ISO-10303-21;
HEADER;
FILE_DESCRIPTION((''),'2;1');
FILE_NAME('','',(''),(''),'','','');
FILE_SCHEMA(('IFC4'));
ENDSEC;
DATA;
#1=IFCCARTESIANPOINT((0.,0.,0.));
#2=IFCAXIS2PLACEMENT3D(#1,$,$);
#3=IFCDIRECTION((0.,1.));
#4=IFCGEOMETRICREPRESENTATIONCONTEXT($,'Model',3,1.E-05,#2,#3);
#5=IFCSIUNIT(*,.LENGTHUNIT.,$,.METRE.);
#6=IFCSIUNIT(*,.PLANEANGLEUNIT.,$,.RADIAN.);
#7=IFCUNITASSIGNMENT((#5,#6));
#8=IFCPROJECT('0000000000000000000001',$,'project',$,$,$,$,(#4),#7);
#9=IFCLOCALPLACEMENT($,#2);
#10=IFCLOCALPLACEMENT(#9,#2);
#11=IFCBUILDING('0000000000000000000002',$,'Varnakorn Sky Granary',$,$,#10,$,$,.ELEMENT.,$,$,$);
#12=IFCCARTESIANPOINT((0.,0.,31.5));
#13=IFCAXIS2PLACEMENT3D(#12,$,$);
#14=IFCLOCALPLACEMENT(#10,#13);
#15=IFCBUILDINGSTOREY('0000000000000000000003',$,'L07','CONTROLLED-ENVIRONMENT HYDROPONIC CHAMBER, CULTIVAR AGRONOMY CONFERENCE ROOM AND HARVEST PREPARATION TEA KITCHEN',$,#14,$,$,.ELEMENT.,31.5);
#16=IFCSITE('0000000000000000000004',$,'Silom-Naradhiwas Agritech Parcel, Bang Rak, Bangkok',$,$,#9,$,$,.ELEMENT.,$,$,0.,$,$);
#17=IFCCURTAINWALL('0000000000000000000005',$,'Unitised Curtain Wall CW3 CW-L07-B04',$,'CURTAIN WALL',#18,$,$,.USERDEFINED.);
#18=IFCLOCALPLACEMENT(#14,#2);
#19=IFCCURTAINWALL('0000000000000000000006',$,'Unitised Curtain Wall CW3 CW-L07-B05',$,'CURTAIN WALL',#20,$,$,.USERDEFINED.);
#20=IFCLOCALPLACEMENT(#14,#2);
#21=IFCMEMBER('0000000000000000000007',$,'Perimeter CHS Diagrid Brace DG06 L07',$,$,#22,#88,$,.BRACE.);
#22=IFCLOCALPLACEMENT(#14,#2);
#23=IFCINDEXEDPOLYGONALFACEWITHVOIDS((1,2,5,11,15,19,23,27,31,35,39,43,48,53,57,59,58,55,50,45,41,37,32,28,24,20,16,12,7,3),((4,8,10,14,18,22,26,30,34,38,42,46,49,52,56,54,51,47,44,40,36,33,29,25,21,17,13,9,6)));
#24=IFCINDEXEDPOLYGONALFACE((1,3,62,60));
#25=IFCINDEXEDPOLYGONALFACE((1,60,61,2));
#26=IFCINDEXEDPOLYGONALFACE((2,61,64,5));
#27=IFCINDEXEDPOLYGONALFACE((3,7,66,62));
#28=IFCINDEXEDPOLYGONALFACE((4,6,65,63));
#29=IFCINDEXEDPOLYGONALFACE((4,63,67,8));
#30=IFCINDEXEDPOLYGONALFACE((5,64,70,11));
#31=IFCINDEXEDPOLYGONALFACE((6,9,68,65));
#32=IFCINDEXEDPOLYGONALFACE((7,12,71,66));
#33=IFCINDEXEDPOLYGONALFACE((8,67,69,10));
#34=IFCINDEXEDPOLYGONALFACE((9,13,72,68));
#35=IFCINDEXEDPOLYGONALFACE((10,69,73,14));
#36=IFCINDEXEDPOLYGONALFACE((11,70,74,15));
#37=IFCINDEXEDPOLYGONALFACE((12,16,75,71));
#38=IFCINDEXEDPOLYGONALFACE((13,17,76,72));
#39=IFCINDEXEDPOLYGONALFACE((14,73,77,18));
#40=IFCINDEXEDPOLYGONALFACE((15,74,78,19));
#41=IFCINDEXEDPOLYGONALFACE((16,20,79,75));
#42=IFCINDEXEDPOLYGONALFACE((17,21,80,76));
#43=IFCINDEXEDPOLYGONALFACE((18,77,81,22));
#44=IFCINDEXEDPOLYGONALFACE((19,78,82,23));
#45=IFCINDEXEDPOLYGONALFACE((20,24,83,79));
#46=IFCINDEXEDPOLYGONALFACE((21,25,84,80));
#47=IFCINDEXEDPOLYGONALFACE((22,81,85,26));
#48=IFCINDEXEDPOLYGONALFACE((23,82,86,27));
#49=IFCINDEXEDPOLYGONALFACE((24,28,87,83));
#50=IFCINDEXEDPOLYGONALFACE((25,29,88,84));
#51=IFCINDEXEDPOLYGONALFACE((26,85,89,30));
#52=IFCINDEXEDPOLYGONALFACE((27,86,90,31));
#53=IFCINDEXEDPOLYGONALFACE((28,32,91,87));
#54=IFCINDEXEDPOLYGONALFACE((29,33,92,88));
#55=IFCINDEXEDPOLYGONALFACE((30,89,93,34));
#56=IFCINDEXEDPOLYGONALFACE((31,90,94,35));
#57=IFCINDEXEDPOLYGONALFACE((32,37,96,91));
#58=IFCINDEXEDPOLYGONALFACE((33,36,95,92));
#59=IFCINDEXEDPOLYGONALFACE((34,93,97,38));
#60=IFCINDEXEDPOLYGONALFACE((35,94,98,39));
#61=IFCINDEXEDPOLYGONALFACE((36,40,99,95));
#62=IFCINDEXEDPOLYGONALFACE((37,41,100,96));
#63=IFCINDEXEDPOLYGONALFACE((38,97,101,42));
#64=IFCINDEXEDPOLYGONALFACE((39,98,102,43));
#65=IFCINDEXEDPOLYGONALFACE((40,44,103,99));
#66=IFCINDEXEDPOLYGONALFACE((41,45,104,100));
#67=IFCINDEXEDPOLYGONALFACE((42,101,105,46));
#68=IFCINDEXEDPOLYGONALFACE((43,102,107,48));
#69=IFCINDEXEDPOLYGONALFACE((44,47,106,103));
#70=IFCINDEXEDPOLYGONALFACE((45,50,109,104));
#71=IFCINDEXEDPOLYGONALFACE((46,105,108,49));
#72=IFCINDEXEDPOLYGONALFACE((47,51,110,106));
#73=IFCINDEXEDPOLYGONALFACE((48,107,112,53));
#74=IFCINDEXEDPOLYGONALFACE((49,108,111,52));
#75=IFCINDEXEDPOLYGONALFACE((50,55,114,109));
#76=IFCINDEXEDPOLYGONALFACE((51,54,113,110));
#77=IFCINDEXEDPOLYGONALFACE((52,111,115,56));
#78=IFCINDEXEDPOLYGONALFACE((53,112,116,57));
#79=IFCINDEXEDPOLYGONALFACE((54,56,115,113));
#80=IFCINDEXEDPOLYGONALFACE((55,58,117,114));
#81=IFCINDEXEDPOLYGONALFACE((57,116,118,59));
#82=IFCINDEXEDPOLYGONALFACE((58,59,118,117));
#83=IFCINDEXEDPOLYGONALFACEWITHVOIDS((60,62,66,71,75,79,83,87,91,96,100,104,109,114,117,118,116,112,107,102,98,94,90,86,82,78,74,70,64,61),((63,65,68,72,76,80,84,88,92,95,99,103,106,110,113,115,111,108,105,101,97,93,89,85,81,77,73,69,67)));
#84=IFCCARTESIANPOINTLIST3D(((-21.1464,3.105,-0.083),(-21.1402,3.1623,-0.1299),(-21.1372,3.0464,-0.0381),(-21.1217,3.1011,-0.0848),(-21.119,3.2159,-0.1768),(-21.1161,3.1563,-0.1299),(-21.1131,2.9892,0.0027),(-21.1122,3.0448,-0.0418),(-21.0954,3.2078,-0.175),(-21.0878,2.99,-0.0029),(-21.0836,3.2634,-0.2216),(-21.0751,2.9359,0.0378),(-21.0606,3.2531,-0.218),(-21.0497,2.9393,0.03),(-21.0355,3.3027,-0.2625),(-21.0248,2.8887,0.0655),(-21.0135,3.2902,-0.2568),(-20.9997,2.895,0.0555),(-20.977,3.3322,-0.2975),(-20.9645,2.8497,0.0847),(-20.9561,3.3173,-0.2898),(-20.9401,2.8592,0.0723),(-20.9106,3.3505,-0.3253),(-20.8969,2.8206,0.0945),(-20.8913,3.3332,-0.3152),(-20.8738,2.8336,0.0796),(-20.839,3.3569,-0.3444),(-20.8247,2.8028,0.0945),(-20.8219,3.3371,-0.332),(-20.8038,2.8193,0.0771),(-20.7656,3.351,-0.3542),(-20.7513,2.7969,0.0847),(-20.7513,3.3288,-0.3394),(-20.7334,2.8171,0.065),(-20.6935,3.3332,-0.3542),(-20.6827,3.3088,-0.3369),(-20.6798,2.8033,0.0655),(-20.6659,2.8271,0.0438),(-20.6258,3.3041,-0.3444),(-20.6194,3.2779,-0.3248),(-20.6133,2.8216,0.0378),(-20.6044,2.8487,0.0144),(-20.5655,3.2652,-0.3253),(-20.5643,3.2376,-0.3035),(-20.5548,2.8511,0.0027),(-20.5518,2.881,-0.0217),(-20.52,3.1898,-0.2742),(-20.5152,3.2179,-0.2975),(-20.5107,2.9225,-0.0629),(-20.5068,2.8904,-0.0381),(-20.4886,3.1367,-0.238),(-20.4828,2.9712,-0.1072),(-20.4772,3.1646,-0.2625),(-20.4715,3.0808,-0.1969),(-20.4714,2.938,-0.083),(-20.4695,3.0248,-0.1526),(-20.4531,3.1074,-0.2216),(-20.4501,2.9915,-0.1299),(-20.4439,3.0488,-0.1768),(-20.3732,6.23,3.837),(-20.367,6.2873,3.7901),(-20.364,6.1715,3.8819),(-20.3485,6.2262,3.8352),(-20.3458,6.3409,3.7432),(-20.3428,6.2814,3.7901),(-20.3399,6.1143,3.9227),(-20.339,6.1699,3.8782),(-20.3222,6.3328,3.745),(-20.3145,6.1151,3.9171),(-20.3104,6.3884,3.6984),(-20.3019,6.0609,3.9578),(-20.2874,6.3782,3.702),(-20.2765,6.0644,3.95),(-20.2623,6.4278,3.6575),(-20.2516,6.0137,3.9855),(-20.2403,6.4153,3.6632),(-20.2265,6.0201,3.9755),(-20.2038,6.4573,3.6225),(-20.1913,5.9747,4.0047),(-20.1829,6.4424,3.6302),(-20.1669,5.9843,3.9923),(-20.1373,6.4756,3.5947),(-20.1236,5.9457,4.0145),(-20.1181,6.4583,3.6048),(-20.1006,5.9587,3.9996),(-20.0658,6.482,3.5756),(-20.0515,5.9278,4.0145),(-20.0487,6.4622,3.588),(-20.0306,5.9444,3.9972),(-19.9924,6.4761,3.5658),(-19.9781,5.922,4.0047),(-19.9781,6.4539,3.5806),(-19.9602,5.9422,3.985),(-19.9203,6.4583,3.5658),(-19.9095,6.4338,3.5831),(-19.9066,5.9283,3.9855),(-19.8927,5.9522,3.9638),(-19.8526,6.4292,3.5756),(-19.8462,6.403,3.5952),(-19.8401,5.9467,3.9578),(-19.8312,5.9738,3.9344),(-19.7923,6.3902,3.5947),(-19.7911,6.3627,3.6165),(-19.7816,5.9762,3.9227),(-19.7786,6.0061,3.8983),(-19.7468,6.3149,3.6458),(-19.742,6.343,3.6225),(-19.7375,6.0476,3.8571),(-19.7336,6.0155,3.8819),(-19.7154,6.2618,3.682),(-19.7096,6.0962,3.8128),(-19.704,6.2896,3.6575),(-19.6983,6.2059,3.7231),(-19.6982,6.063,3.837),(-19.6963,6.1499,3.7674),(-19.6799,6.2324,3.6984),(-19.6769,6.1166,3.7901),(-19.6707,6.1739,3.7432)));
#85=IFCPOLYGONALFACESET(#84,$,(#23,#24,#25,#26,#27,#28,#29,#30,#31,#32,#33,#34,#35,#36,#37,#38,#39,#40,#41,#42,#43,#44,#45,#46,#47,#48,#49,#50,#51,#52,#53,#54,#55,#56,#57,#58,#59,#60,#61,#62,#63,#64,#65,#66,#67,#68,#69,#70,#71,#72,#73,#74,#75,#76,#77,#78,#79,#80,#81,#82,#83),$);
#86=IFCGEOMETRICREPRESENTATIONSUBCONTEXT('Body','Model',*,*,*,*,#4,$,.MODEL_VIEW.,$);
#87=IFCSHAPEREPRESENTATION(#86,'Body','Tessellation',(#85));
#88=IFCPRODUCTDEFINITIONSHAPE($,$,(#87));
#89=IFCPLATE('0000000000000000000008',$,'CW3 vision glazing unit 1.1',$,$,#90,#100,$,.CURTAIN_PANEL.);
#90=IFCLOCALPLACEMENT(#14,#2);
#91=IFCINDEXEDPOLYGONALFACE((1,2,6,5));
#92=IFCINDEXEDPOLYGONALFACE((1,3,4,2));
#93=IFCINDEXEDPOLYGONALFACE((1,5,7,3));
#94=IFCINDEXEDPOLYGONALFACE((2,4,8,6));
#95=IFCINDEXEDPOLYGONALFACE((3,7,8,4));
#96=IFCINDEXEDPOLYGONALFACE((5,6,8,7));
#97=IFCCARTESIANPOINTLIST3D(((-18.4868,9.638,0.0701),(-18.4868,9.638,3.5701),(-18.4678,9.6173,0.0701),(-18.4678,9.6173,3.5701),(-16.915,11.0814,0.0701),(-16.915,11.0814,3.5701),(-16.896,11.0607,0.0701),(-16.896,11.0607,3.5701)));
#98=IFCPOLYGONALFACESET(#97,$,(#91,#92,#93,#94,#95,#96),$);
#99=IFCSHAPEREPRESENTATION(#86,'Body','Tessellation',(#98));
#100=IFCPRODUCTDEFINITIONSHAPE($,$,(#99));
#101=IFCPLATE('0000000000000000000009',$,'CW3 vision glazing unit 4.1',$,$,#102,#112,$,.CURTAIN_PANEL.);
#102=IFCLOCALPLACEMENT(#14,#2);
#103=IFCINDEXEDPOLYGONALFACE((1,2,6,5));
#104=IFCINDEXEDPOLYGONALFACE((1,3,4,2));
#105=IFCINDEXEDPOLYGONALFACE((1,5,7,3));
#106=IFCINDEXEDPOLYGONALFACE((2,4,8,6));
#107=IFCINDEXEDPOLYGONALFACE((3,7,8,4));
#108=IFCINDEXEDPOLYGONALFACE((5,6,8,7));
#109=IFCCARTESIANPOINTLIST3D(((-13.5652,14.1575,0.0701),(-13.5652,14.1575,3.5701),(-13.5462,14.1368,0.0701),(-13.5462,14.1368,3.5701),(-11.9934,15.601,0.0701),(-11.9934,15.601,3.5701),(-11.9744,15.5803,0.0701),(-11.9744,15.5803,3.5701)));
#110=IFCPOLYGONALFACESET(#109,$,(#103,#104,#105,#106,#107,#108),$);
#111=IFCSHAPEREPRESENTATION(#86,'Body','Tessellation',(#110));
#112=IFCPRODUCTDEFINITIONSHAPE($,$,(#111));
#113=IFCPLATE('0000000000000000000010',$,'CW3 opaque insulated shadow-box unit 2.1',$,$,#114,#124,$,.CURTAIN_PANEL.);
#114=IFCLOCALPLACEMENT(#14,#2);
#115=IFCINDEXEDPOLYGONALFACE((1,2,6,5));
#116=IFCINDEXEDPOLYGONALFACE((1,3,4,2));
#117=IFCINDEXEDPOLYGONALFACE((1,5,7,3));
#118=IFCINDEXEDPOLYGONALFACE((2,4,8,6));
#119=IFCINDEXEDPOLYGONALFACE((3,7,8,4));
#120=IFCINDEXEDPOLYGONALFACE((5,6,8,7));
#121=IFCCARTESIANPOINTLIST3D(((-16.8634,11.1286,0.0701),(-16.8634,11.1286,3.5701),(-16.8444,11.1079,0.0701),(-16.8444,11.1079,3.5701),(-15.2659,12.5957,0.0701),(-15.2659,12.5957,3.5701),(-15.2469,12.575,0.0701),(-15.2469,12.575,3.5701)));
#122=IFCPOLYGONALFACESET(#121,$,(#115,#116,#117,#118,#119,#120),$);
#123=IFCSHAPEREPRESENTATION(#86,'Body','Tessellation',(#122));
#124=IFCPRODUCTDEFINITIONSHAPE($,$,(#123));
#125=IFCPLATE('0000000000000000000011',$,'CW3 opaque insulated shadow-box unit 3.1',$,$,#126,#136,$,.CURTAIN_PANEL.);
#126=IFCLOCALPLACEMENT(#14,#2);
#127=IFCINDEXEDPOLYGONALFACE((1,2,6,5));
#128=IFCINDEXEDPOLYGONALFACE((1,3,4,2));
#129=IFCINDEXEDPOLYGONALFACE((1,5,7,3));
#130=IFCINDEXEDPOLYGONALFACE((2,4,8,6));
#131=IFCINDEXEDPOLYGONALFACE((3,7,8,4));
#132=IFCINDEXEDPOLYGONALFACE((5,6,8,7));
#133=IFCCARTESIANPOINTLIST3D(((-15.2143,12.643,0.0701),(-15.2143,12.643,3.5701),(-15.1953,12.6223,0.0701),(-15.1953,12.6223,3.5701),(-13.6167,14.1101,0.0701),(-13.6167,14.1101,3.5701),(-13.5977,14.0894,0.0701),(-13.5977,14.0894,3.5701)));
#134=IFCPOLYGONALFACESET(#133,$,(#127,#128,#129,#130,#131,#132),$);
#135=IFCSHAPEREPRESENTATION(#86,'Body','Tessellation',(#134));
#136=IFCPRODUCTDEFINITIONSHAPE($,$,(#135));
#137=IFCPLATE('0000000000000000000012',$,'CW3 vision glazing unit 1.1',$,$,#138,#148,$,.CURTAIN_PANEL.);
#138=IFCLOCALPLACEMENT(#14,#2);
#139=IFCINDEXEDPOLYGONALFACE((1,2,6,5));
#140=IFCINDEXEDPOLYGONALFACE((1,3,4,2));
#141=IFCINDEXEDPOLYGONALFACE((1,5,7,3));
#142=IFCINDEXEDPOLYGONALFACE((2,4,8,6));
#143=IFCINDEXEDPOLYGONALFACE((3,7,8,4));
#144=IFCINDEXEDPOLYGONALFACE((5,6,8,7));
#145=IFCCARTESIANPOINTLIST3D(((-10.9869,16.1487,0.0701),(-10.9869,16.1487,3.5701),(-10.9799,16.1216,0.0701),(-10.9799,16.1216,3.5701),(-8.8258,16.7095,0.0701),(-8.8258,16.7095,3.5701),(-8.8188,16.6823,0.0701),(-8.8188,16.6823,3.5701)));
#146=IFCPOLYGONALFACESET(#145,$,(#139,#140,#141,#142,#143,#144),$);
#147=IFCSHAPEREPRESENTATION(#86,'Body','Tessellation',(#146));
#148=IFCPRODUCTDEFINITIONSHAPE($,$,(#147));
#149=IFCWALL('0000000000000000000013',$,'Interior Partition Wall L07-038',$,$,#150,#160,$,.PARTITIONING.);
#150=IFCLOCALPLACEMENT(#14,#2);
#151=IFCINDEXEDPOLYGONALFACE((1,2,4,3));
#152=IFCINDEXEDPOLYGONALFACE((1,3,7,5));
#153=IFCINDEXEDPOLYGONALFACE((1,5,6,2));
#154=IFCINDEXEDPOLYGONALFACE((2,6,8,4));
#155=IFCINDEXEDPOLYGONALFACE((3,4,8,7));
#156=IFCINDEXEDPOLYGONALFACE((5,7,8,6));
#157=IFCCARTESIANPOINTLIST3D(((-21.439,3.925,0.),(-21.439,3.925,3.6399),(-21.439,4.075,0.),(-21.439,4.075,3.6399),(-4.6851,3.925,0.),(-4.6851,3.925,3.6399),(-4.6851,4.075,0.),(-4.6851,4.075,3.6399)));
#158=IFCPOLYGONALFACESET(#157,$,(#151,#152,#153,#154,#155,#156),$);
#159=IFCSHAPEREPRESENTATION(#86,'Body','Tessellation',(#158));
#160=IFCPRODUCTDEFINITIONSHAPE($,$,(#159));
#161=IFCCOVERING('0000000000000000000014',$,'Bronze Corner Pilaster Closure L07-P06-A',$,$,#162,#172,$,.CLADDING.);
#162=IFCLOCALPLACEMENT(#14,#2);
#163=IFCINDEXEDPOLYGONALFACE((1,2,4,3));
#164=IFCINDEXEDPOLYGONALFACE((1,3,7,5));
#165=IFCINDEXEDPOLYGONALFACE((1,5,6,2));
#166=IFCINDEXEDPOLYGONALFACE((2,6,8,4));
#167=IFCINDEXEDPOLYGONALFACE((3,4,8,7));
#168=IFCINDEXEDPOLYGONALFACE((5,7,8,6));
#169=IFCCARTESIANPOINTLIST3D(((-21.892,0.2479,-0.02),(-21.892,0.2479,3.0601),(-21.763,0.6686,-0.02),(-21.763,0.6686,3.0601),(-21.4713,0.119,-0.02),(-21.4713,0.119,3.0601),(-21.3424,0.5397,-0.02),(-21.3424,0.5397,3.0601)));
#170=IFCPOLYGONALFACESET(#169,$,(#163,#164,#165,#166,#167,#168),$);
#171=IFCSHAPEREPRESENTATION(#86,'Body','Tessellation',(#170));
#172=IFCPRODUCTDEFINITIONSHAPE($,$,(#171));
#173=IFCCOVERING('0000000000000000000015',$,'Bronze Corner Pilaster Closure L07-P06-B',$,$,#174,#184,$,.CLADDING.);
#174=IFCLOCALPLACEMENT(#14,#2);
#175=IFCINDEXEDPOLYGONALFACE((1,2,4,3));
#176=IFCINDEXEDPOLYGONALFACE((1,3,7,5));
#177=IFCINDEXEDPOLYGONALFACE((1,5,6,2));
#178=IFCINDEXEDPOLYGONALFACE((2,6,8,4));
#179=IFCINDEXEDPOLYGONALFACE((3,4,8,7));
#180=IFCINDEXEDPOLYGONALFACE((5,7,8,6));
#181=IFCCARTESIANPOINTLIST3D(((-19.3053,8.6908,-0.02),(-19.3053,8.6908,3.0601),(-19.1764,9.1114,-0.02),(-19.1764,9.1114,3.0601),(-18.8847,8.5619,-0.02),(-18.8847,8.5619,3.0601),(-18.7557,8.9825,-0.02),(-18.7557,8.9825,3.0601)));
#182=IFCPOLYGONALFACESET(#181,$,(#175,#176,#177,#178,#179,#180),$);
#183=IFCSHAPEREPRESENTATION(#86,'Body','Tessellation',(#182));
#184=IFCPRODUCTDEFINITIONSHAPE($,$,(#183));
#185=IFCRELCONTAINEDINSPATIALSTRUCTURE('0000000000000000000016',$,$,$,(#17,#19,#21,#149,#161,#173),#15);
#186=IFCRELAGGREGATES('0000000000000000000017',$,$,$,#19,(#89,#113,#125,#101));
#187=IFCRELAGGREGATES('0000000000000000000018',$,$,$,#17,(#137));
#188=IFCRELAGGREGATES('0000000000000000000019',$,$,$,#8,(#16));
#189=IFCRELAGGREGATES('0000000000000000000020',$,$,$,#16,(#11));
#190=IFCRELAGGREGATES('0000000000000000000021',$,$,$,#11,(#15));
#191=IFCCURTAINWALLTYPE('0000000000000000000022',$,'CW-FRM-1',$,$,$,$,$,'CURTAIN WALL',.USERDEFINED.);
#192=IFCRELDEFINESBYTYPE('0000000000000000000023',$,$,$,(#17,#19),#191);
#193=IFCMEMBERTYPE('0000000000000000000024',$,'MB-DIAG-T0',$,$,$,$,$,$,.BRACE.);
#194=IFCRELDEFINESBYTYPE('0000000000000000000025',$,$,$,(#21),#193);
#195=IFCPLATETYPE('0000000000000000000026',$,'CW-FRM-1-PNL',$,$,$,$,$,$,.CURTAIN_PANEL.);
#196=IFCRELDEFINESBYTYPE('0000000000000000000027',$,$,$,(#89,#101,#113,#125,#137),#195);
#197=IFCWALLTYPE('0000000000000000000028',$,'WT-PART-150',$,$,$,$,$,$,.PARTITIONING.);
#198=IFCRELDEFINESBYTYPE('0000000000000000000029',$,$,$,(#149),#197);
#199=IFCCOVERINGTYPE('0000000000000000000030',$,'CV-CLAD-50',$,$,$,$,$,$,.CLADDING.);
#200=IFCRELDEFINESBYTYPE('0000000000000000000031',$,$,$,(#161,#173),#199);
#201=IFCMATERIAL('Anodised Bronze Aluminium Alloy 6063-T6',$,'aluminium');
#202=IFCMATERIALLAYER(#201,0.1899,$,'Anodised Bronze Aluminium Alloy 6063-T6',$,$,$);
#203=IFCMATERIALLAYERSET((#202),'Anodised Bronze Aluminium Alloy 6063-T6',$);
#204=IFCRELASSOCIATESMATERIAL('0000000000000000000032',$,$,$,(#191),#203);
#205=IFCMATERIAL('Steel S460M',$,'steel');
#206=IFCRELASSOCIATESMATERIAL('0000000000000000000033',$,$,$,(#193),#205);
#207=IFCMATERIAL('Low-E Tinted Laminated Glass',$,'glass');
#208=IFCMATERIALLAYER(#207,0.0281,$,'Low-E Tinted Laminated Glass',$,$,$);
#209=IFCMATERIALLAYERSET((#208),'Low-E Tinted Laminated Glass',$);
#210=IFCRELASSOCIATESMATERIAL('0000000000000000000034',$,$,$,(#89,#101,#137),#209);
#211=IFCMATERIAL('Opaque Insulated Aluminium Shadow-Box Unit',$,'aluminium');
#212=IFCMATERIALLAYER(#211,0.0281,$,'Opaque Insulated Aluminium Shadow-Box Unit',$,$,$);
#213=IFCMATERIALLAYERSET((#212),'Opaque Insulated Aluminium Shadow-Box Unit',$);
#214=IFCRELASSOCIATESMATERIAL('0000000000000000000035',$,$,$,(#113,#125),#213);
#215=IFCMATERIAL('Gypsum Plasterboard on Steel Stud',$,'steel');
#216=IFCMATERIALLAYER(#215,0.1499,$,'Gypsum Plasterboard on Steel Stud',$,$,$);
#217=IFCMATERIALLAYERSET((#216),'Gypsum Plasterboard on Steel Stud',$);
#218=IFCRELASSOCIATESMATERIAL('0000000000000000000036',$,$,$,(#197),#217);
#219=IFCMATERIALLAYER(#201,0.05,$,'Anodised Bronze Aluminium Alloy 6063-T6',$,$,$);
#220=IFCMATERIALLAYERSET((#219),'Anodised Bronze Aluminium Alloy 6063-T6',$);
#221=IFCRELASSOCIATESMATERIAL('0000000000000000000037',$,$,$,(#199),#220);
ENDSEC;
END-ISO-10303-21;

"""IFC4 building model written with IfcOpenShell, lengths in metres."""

from ifc_helpers import new_model, si_unit, direction, frame, frame_2d, origin, origin_2d, place, context, subcontext, project, spatial, rectangle, hollow_circle, extrude, source, transform, mapped, material, layer, layer_set, material_profile, profile_set, type_object, type_shapes, element, aggregate, save


model = new_model("IFC4")

# Units and contexts
model_context = context("Model", 3, precision=1e-05, world=origin(), true_north=direction((0.0, 1.0)))
body_context = subcontext(model_context, "Body", "Model", "MODEL_VIEW")
ifc_project = project(units=[si_unit("LENGTHUNIT", "METRE"), si_unit("PLANEANGLEUNIT", "RADIAN")], contexts=[model_context])

# Site, building, storey
site_placement = place(None, origin())
site = spatial("IfcSite", under=ifc_project, at=site_placement, Name="Silom-Naradhiwas Agritech Parcel, Bang Rak, Bangkok", CompositionType="ELEMENT", RefElevation=0.0)
building_placement = place(site_placement, origin())
building = spatial("IfcBuilding", under=site, at=building_placement, Name="Varnakorn Sky Granary", CompositionType="ELEMENT")
storey_placement = place(building_placement, frame((0.0, 0.0, 31.5)))
storey = spatial("IfcBuildingStorey", under=building, at=storey_placement, Name="L07", Description="CONTROLLED-ENVIRONMENT HYDROPONIC CHAMBER, CULTIVAR AGRONOMY CONFERENCE ROOM AND HARVEST PREPARATION TEA KITCHEN", CompositionType="ELEMENT", Elevation=31.5)

# Shared definitions
ifc_material_1 = material(Name="Steel S460M", Category="steel")

# Curtain walls
ifc_material_2 = material(Name="Anodised Bronze Aluminium Alloy 6063-T6", Category="aluminium")
ifc_layer_1 = layer(ifc_material_2, 0.1899, Name="Anodised Bronze Aluminium Alloy 6063-T6")
ifc_layer_set_1 = layer_set([ifc_layer_1], Name="Anodised Bronze Aluminium Alloy 6063-T6")
curtain_wall_type = type_object("IfcCurtainWallType", Name="CW-FRM-1", ElementType="CURTAIN WALL", PredefinedType="USERDEFINED", material=ifc_layer_set_1)
curtain_wall_1_placement = place(storey_placement, origin())
curtain_wall_1 = element("IfcCurtainWall", 1, at=curtain_wall_1_placement, inside=storey, type_object=curtain_wall_type, Name="Unitised Curtain Wall CW3 CW-L07-B04", ObjectType="CURTAIN WALL", PredefinedType="USERDEFINED")
curtain_wall_2_placement = place(storey_placement, origin())
curtain_wall_2 = element("IfcCurtainWall", 2, at=curtain_wall_2_placement, inside=storey, type_object=curtain_wall_type, Name="Unitised Curtain Wall CW3 CW-L07-B05", ObjectType="CURTAIN WALL", PredefinedType="USERDEFINED")

# Member
ifc_material_profile_1 = material_profile(ifc_material_1, hollow_circle(Radius=0.3555, WallThickness=0.0249, at=origin_2d()), Name="CHS 711x25")
ifc_profile_set_1 = profile_set([ifc_material_profile_1], Name="Steel S460M")
member_type_1 = type_object("IfcMemberType", Name="MB-DIAG-T0", PredefinedType="BRACE", material=ifc_profile_set_1)
member_1_placement = place(storey_placement, frame((-20.7952, 3.0769, -0.1299), z_axis=(0.152431, 0.616079, 0.772794), x_axis=(-0.970729, 0.240179, 0.0)))
element("IfcMember", 3, at=member_1_placement, inside=storey, type_object=member_type_1, Name="Perimeter CHS Diagrid Brace DG06 L07", PredefinedType="BRACE", context=body_context, shape_type="SweptSolid", body=[
    extrude(hollow_circle(Radius=0.3555, WallThickness=0.0249, at=origin_2d()), origin(), (0.0, 0.0, 1.0), 5.0725),
])

# Plates
ifc_material_3 = material(Name="Low-E Tinted Laminated Glass", Category="glass")
ifc_layer_2 = layer(ifc_material_3, 0.0281, Name="Low-E Tinted Laminated Glass")
ifc_layer_set_2 = layer_set([ifc_layer_2], Name="Low-E Tinted Laminated Glass")
plate_type = type_object("IfcPlateType", Name="CW-FRM-1-PNL", PredefinedType="CURTAIN_PANEL")
shared_shape_1 = source(origin(), body_context, "Body", "SweptSolid", [
    extrude(rectangle(XDim=2.134, YDim=0.0281, at=origin_2d()), origin(), (0.0, 0.0, 1.0), 3.5),
])
plate_1_placement = place(storey_placement, frame((-17.6914, 10.3494, 0.0701), z_axis=(0.0, 0.0, 1.0), x_axis=(0.736547, 0.676387, 0.0)))
plate_1 = element("IfcPlate", 4, at=plate_1_placement, type_object=plate_type, material=ifc_layer_set_2, Name="CW3 vision glazing unit 1.1", PredefinedType="CURTAIN_PANEL", context=body_context, shape_type="MappedRepresentation", body=[
    mapped(shared_shape_1, transform((0.0, 0.0, 0.0), x_axis=(1.0, 0.0, 0.0), y_axis=(0.0, 1.0, 0.0), z_axis=(0.0, 0.0, 1.0), scale=1.0)),
])
plate_2_placement = place(storey_placement, frame((-12.7698, 14.8689, 0.0701), z_axis=(0.0, 0.0, 1.0), x_axis=(0.736547, 0.676387, 0.0)))
plate_2 = element("IfcPlate", 5, at=plate_2_placement, type_object=plate_type, material=ifc_layer_set_2, Name="CW3 vision glazing unit 4.1", PredefinedType="CURTAIN_PANEL", context=body_context, shape_type="MappedRepresentation", body=[
    mapped(shared_shape_1, transform((0.0, 0.0, 0.0), x_axis=(1.0, 0.0, 0.0), y_axis=(0.0, 1.0, 0.0), z_axis=(0.0, 0.0, 1.0), scale=1.0)),
])
ifc_material_4 = material(Name="Opaque Insulated Aluminium Shadow-Box Unit", Category="aluminium")
ifc_layer_3 = layer(ifc_material_4, 0.0281, Name="Opaque Insulated Aluminium Shadow-Box Unit")
ifc_layer_set_3 = layer_set([ifc_layer_3], Name="Opaque Insulated Aluminium Shadow-Box Unit")
shared_shape_2 = source(origin(), body_context, "Body", "SweptSolid", [
    extrude(rectangle(XDim=2.1689, YDim=0.0281, at=origin_2d()), origin(), (0.0, 0.0, 1.0), 3.5),
])
plate_3_placement = place(storey_placement, frame((-16.0552, 11.8518, 0.0701), z_axis=(0.0, 0.0, 1.0), x_axis=(0.736547, 0.676387, 0.0)))
plate_3 = element("IfcPlate", 6, at=plate_3_placement, type_object=plate_type, material=ifc_layer_set_3, Name="CW3 opaque insulated shadow-box unit 2.1", PredefinedType="CURTAIN_PANEL", context=body_context, shape_type="MappedRepresentation", body=[
    mapped(shared_shape_2, transform((0.0, 0.0, 0.0), x_axis=(1.0, 0.0, 0.0), y_axis=(0.0, 1.0, 0.0), z_axis=(0.0, 0.0, 1.0), scale=1.0)),
])
plate_4_placement = place(storey_placement, frame((-14.406, 13.3662, 0.0701), z_axis=(0.0, 0.0, 1.0), x_axis=(0.736547, 0.676387, 0.0)))
plate_4 = element("IfcPlate", 7, at=plate_4_placement, type_object=plate_type, material=ifc_layer_set_3, Name="CW3 opaque insulated shadow-box unit 3.1", PredefinedType="CURTAIN_PANEL", context=body_context, shape_type="MappedRepresentation", body=[
    mapped(shared_shape_2, transform((0.0, 0.0, 0.0), x_axis=(1.0, 0.0, 0.0), y_axis=(0.0, 1.0, 0.0), z_axis=(0.0, 0.0, 1.0), scale=1.0)),
])
aggregate(curtain_wall_2, [plate_1, plate_3, plate_4, plate_2])
shared_shape_3 = source(origin(), body_context, "Body", "SweptSolid", [
    extrude(rectangle(XDim=2.2327, YDim=0.0281, at=origin_2d()), origin(), (0.0, 0.0, 1.0), 3.5),
])
type_shapes(plate_type, [shared_shape_1, shared_shape_2, shared_shape_3])
plate_5_placement = place(storey_placement, frame((-9.9028, 16.4155, 0.0701), z_axis=(0.0, 0.0, 1.0), x_axis=(0.967944, 0.251165, 0.0)))
plate_5 = element("IfcPlate", 8, at=plate_5_placement, type_object=plate_type, material=ifc_layer_set_2, Name="CW3 vision glazing unit 1.1", PredefinedType="CURTAIN_PANEL", context=body_context, shape_type="MappedRepresentation", body=[
    mapped(shared_shape_3, transform((0.0, 0.0, 0.0), x_axis=(1.0, 0.0, 0.0), y_axis=(0.0, 1.0, 0.0), z_axis=(0.0, 0.0, 1.0), scale=1.0)),
])
aggregate(curtain_wall_1, [plate_5])

# Wall
ifc_material_5 = material(Name="Gypsum Plasterboard on Steel Stud", Category="steel")
ifc_layer_4 = layer(ifc_material_5, 0.1499, Name="Gypsum Plasterboard on Steel Stud")
ifc_layer_set_4 = layer_set([ifc_layer_4], Name="Gypsum Plasterboard on Steel Stud")
wall_type = type_object("IfcWallType", Name="WT-PART-150", PredefinedType="PARTITIONING", material=ifc_layer_set_4)
wall_placement = place(storey_placement, frame((-21.439, 4.0, 0.0), z_axis=(0.0, 0.0, 1.0), x_axis=(1.0, 0.0, 0.0)))
element("IfcWall", 9, at=wall_placement, inside=storey, type_object=wall_type, Name="Interior Partition Wall L07-038", PredefinedType="PARTITIONING", context=body_context, shape_type="SweptSolid", body=[
    extrude(rectangle(XDim=16.7539, YDim=0.1499, at=frame_2d((8.377, 0.0))), origin(), (0.0, 0.0, 1.0), 3.6399),
])

# Coverings
ifc_layer_5 = layer(ifc_material_2, 0.05, Name="Anodised Bronze Aluminium Alloy 6063-T6")
ifc_layer_set_5 = layer_set([ifc_layer_5], Name="Anodised Bronze Aluminium Alloy 6063-T6")
covering_type = type_object("IfcCoveringType", Name="CV-CLAD-50", PredefinedType="CLADDING", material=ifc_layer_set_5)
shared_shape_4 = source(origin(), body_context, "Body", "SweptSolid", [
    extrude(rectangle(XDim=0.4399, YDim=0.4399, at=origin_2d()), origin(), (0.0, 0.0, 1.0), 3.0801),
])
type_shapes(covering_type, [shared_shape_4])
for number, where, z_axis, x_axis, name in (
    (10, (-21.6172, 0.3938, -0.02), (0.0, 0.0, 1.0), (0.293039, 0.9561, 0.0), "Bronze Corner Pilaster Closure L07-P06-A"),
    (11, (-19.0305, 8.8367, -0.02), (0.0, 0.0, 1.0), (0.293039, 0.9561, 0.0), "Bronze Corner Pilaster Closure L07-P06-B"),
):
    element("IfcCovering", number, at=place(storey_placement, frame(where, z_axis=z_axis, x_axis=x_axis)), inside=storey, type_object=covering_type, Name=name, PredefinedType="CLADDING", context=body_context, shape_type="MappedRepresentation", body=[
        mapped(shared_shape_4, transform((0.0, 0.0, 0.0), x_axis=(1.0, 0.0, 0.0), y_axis=(0.0, 1.0, 0.0), z_axis=(0.0, 0.0, 1.0), scale=1.0)),
    ])

save(model, "model.ifc")
